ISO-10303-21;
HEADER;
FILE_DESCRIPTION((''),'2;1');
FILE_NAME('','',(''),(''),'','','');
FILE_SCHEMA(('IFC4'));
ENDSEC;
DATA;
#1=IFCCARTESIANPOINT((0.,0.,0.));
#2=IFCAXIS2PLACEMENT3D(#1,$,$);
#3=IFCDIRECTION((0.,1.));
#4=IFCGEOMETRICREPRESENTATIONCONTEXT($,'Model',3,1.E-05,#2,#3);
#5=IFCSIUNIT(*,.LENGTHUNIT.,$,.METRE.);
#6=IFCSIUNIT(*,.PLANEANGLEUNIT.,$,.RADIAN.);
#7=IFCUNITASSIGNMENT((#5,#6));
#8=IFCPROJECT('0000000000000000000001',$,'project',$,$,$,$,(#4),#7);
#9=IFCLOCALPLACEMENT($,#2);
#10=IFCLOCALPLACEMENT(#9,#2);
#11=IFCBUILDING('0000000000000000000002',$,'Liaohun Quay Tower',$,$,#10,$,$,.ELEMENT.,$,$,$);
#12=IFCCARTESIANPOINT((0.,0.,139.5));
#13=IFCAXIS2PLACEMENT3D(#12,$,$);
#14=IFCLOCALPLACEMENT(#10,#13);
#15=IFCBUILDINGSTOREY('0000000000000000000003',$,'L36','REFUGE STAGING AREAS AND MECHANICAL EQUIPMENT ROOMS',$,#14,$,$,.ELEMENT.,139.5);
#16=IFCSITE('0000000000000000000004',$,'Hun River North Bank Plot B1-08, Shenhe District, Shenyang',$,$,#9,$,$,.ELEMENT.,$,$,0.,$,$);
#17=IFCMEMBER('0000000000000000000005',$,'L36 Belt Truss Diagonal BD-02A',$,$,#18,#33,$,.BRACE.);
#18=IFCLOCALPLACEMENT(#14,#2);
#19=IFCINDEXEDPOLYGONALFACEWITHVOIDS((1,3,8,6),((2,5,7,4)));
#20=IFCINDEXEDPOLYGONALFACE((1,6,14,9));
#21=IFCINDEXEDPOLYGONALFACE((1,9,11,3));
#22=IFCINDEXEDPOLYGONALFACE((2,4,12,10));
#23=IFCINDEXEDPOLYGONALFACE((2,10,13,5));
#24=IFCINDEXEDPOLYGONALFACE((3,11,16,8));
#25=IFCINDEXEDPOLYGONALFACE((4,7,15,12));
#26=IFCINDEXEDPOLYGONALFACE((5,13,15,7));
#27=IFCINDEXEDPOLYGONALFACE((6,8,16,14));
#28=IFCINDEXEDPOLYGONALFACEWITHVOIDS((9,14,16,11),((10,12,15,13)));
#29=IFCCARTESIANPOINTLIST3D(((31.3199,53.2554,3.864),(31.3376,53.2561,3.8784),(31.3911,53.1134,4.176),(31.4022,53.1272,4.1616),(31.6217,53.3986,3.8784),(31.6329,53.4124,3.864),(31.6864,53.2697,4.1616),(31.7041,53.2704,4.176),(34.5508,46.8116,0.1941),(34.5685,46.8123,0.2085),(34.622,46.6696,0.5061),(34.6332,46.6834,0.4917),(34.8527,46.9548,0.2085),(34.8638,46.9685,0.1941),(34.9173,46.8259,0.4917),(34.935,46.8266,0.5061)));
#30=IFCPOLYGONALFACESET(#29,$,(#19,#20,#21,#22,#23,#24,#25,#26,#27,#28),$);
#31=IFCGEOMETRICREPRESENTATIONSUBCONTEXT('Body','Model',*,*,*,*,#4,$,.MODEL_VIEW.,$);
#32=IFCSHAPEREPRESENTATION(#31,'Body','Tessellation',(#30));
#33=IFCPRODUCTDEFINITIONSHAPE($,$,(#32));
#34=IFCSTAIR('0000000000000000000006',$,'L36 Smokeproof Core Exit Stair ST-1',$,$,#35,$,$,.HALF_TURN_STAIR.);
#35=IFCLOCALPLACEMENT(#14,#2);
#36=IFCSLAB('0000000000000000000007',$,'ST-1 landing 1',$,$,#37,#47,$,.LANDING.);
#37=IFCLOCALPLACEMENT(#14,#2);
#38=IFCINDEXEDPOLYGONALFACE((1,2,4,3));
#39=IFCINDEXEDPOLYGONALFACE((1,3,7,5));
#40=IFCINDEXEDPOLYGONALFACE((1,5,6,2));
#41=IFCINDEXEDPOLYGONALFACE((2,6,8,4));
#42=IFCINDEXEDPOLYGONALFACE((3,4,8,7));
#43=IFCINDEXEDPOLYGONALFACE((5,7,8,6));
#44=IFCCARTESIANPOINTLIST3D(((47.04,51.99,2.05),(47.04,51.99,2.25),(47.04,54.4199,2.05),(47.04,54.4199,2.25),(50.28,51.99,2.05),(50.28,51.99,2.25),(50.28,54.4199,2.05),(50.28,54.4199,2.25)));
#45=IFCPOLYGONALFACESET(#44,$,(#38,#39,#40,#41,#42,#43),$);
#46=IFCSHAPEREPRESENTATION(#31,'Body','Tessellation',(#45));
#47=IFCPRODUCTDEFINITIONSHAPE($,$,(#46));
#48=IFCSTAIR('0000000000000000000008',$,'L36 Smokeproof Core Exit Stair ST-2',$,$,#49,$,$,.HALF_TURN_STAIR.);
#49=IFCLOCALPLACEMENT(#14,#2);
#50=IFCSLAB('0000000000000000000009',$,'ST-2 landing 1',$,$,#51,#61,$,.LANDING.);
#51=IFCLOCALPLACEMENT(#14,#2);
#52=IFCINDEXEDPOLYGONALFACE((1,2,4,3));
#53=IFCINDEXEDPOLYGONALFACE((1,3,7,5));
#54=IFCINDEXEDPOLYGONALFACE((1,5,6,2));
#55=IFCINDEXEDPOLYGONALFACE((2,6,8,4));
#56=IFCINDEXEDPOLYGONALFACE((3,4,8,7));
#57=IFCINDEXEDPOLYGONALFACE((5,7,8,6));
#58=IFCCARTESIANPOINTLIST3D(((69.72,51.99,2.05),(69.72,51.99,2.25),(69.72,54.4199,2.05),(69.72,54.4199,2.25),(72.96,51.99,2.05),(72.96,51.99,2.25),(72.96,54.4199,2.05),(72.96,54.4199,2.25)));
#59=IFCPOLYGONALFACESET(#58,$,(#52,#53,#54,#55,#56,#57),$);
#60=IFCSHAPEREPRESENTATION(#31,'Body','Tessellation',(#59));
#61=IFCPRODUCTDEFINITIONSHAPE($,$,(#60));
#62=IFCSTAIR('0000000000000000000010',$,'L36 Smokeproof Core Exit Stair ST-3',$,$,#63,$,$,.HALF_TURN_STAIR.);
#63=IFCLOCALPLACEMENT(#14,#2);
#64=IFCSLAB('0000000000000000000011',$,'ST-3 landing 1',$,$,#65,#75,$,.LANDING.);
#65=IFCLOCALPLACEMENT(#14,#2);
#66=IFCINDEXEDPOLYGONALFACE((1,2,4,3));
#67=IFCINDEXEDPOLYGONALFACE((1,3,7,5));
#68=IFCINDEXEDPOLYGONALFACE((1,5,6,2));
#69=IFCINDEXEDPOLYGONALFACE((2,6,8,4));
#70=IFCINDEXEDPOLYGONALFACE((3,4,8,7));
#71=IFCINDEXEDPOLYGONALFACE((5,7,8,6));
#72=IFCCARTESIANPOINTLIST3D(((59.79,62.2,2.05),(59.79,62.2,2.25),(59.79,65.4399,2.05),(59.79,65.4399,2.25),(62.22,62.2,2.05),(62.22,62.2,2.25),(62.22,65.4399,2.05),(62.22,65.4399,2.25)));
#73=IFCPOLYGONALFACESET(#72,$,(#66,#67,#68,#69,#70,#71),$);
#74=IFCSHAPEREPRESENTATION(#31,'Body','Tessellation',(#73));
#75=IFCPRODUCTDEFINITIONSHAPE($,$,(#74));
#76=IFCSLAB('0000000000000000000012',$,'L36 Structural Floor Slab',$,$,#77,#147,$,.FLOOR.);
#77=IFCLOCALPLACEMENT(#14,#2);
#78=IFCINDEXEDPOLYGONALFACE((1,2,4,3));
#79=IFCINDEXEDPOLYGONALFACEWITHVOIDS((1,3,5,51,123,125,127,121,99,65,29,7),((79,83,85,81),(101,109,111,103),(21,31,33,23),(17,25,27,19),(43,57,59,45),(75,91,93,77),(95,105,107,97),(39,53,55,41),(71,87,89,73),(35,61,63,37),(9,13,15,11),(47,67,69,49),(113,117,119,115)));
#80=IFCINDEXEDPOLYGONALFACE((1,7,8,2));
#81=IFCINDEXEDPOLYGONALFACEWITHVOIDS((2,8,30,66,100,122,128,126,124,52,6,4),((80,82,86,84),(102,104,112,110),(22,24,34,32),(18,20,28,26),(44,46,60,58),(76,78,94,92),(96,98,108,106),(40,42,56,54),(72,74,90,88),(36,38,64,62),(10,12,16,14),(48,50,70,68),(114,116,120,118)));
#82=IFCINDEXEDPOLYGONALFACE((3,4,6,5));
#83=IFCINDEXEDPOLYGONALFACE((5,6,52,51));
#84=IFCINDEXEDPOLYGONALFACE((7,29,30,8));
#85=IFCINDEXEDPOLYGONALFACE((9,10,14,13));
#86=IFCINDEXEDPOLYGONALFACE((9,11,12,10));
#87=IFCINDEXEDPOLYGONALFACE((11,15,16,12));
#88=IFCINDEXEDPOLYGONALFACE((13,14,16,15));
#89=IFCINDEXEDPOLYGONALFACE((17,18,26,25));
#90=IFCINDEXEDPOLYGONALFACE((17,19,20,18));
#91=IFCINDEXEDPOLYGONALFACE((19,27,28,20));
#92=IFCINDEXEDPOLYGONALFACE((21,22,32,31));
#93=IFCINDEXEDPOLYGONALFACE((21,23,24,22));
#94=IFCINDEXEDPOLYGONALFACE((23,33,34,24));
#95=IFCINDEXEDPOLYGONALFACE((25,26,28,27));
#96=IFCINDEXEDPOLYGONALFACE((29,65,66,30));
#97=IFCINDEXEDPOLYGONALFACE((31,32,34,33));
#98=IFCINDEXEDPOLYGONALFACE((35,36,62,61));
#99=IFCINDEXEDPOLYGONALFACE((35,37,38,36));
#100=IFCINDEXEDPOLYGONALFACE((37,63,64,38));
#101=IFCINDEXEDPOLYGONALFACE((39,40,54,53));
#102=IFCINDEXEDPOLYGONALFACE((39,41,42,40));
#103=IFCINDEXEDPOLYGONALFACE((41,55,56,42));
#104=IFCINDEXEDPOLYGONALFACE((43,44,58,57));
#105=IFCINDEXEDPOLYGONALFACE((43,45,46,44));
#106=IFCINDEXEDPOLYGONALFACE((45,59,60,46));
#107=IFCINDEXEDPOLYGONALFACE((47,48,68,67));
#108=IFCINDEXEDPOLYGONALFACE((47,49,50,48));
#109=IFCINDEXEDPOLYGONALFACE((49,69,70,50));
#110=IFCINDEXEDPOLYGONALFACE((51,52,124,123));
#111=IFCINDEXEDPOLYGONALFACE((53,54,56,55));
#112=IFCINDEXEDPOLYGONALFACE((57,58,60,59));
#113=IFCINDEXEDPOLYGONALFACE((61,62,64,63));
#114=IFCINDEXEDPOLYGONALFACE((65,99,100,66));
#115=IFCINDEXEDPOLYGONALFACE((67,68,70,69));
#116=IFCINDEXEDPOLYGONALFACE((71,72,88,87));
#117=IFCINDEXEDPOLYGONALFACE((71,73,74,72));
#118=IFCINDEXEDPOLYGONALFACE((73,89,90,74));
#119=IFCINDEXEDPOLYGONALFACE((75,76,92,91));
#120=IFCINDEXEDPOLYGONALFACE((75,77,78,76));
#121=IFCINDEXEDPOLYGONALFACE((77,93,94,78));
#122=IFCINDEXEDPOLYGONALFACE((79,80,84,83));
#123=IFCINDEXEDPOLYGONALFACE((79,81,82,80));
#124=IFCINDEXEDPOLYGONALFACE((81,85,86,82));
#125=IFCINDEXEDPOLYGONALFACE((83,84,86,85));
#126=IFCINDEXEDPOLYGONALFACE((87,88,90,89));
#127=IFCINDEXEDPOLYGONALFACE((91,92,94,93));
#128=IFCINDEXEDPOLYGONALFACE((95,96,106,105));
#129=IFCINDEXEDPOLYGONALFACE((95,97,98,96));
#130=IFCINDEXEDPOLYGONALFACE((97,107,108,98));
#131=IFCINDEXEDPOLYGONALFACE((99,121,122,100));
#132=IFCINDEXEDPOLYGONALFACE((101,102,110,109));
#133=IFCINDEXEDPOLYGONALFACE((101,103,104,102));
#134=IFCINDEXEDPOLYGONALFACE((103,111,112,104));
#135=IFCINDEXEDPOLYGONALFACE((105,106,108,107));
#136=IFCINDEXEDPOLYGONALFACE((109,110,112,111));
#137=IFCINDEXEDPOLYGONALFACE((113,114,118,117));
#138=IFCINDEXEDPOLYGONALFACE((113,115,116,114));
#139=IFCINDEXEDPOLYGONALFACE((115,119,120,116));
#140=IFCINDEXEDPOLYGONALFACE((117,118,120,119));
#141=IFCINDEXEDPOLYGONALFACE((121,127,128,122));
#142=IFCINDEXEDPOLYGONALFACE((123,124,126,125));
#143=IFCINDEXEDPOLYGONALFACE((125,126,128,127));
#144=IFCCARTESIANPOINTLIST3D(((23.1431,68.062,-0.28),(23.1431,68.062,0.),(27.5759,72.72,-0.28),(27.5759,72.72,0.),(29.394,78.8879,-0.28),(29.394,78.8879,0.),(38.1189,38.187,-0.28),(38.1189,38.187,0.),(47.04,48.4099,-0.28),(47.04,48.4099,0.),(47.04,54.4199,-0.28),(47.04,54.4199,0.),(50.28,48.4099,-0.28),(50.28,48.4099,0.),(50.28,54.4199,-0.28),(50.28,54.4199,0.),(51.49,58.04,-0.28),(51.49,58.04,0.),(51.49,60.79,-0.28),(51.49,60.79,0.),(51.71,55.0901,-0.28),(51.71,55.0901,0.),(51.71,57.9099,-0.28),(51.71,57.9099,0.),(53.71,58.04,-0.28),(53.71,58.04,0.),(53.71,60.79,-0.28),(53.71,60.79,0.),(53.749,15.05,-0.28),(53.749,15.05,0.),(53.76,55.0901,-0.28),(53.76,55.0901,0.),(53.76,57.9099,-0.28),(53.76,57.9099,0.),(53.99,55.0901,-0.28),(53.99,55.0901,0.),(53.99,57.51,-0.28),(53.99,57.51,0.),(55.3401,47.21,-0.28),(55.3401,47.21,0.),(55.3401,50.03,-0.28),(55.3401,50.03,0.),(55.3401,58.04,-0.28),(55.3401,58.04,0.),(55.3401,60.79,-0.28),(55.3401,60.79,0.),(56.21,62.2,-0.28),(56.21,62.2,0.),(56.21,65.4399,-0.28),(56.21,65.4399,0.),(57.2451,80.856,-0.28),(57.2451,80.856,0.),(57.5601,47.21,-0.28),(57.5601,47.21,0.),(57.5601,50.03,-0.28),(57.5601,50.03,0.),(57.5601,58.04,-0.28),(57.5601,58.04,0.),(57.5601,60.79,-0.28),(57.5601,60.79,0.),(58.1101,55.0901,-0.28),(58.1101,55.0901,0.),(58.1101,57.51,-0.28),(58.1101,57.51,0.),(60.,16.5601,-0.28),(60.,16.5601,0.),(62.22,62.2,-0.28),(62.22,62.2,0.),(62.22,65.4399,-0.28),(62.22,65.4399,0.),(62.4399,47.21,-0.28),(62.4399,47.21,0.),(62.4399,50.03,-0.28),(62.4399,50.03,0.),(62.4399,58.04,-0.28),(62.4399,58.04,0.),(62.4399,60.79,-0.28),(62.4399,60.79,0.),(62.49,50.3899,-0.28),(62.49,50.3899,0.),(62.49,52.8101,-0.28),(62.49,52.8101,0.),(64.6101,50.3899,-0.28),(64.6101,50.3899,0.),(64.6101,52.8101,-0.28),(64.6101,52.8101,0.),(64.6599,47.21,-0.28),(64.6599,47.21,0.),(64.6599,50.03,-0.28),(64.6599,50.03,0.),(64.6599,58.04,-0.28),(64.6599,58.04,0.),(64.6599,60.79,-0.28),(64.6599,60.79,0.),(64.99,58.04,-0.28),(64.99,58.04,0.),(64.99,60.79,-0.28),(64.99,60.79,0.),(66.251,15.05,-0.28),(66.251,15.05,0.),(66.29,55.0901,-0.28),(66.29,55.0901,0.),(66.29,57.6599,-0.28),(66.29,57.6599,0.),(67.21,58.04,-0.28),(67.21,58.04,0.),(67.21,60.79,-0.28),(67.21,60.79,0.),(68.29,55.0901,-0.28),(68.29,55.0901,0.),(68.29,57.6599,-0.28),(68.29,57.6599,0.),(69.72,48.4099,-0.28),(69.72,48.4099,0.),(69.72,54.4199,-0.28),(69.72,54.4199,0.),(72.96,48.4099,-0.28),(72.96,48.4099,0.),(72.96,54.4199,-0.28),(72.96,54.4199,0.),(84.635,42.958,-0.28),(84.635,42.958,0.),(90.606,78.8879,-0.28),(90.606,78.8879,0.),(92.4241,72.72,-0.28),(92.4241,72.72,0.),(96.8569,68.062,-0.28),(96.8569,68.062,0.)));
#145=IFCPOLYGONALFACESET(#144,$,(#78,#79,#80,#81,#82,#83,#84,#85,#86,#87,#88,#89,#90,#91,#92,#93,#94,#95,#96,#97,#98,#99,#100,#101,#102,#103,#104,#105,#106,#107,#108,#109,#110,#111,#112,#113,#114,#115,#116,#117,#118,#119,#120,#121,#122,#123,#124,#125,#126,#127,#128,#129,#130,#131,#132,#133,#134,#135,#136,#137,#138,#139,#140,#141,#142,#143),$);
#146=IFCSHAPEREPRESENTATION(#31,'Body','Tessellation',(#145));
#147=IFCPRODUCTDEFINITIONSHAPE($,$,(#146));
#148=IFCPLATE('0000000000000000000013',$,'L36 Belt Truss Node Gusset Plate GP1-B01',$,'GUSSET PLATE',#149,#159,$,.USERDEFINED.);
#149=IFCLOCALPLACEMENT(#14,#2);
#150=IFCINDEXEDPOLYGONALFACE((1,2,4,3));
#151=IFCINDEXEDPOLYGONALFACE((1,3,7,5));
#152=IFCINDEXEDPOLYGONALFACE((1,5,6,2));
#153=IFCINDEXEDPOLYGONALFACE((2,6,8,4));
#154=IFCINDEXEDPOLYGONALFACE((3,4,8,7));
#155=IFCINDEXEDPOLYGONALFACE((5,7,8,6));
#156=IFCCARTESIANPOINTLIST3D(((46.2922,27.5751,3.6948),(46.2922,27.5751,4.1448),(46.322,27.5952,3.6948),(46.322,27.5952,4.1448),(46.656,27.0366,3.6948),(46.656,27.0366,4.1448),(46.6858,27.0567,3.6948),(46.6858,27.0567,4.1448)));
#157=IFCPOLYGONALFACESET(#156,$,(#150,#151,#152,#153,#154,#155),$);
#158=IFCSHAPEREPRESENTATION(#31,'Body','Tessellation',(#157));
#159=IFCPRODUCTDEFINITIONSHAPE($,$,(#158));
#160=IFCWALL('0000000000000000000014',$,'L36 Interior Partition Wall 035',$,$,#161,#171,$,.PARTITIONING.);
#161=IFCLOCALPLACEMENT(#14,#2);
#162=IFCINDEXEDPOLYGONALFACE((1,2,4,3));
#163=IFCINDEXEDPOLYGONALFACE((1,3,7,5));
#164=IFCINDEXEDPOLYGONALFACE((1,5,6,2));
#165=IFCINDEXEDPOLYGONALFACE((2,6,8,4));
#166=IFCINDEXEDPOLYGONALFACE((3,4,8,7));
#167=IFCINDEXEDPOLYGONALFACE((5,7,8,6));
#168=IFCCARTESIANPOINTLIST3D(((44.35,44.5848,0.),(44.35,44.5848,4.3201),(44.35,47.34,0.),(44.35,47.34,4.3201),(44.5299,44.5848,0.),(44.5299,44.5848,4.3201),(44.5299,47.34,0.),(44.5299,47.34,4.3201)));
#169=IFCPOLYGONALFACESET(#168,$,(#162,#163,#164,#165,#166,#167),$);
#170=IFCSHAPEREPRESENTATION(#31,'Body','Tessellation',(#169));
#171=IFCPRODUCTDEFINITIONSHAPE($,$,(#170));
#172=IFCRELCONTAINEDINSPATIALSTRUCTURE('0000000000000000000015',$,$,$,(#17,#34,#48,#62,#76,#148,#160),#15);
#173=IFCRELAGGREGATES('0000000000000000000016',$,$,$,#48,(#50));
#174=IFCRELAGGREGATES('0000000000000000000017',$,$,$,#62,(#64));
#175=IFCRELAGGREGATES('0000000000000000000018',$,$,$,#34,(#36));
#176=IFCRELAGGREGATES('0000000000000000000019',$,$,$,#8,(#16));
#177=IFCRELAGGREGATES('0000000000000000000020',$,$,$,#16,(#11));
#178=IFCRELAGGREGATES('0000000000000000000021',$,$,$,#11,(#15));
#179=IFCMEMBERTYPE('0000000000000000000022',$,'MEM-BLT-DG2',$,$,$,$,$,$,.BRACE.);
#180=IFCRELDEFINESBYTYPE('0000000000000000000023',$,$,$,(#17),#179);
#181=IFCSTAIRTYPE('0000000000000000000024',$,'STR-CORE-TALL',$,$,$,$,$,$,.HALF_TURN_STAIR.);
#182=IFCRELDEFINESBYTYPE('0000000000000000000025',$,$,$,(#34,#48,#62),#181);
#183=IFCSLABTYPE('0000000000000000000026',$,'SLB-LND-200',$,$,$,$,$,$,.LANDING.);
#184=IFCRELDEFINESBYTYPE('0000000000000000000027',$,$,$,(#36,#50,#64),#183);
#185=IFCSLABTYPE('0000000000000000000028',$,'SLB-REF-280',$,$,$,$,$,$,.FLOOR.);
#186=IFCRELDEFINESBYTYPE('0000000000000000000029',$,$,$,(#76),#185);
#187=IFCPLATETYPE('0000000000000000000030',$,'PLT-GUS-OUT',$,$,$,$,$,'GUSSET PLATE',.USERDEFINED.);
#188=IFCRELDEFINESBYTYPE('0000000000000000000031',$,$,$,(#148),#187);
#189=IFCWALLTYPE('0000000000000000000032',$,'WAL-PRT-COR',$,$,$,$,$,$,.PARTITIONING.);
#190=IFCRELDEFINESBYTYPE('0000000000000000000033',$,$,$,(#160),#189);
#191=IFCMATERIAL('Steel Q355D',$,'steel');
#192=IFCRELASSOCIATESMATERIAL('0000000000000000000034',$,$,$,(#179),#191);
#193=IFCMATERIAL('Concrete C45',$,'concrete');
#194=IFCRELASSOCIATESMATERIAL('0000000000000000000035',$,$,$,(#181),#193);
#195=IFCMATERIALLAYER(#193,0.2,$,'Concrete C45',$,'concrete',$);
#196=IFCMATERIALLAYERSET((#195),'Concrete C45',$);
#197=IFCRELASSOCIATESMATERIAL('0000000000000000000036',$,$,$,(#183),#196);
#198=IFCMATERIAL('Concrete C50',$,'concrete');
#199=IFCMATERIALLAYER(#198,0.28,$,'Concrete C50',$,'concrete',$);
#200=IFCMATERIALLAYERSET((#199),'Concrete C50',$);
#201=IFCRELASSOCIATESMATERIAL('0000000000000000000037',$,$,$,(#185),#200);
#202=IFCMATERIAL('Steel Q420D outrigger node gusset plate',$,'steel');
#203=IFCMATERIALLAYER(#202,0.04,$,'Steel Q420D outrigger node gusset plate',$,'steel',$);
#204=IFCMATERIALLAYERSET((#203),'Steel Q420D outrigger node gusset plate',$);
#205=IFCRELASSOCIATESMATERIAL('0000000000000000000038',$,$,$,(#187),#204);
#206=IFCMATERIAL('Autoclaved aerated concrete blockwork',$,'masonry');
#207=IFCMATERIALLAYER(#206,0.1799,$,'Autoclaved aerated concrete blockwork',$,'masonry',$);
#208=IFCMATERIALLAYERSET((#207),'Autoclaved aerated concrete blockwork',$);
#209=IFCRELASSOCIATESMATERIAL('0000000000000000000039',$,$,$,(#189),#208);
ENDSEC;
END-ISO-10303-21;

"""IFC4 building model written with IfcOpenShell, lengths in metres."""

from ifc_helpers import new_model, si_unit, direction, frame, frame_2d, origin, origin_2d, place, context, subcontext, project, spatial, polyline, rectangle, hollow_rectangle, outline, extrude, source, transform, mapped, material, layer, layer_set, material_profile, profile_set, type_object, element, aggregate, save


model = new_model("IFC4")

# Units and contexts
model_context = context("Model", 3, precision=1e-05, world=origin(), true_north=direction((0.0, 1.0)))
body_context = subcontext(model_context, "Body", "Model", "MODEL_VIEW")
ifc_project = project(units=[si_unit("LENGTHUNIT", "METRE"), si_unit("PLANEANGLEUNIT", "RADIAN")], contexts=[model_context])

# Site, building, storey
site_placement = place(None, origin())
site = spatial("IfcSite", under=ifc_project, at=site_placement, Name="Hun River North Bank Plot B1-08, Shenhe District, Shenyang", CompositionType="ELEMENT", RefElevation=0.0)
building_placement = place(site_placement, origin())
building = spatial("IfcBuilding", under=site, at=building_placement, Name="Liaohun Quay Tower", CompositionType="ELEMENT")
storey_placement = place(building_placement, frame((0.0, 0.0, 139.5)))
storey = spatial("IfcBuildingStorey", under=building, at=storey_placement, Name="L36", Description="REFUGE STAGING AREAS AND MECHANICAL EQUIPMENT ROOMS", CompositionType="ELEMENT", Elevation=139.5)

# Shared definitions
ifc_material_1 = material(Name="Steel Q355D", Category="steel")

# Member
ifc_material_profile_1 = material_profile(ifc_material_1, hollow_rectangle(XDim=0.3501, YDim=0.3501, WallThickness=0.0161, at=origin_2d()), Name="SHS350x350x16")
ifc_profile_set_1 = profile_set([ifc_material_profile_1], Name="Steel Q355D")
member_type_1 = type_object("IfcMemberType", Name="MEM-BLT-DG2", PredefinedType="BRACE", material=ifc_profile_set_1)
shared_shape_1 = source(origin(), body_context, "Body", "SweptSolid", [
    extrude(hollow_rectangle(XDim=0.3501, YDim=0.3501, WallThickness=0.0161, at=origin_2d()), origin(), (0.0, 0.0, 1.0), 8.0889),
])
member_1_placement = place(storey_placement, frame((34.7429, 46.8191, 0.3501), z_axis=(-0.39943, 0.796627, 0.453698), x_axis=(-0.893925, -0.448216, 0.0)))
element("IfcMember", 1, at=member_1_placement, inside=storey, type_object=member_type_1, Name="L36 Belt Truss Diagonal BD-02A", PredefinedType="BRACE", context=body_context, shape_type="MappedRepresentation", body=[
    mapped(shared_shape_1, transform((0.0, 0.0, 0.0), x_axis=(1.0, 0.0, 0.0), y_axis=(0.0, 1.0, 0.0), z_axis=(0.0, 0.0, 1.0), scale=1.0)),
])

# Stairs, slabs
ifc_material_2 = material(Name="Concrete C45", Category="concrete")
stair_type = type_object("IfcStairType", Name="STR-CORE-TALL", PredefinedType="HALF_TURN_STAIR", material=ifc_material_2)
stair_1_placement = place(storey_placement, origin())
stair_1 = element("IfcStair", 2, at=stair_1_placement, inside=storey, type_object=stair_type, Name="L36 Smokeproof Core Exit Stair ST-1", PredefinedType="HALF_TURN_STAIR")
ifc_layer_1 = layer(ifc_material_2, 0.2, Name="Concrete C45", Category="concrete")
ifc_layer_set_1 = layer_set([ifc_layer_1], Name="Concrete C45")
slab_type_1 = type_object("IfcSlabType", Name="SLB-LND-200", PredefinedType="LANDING", material=ifc_layer_set_1)
slab_1_placement = place(storey_placement, frame((0.0, 0.0, 2.05)))
slab_1 = element("IfcSlab", 3, at=slab_1_placement, type_object=slab_type_1, Name="ST-1 landing 1", PredefinedType="LANDING", context=body_context, shape_type="SweptSolid", body=[
    extrude(outline(polyline([(50.28, 51.99), (50.28, 54.4199), (47.04, 54.4199), (47.04, 51.99), (50.28, 51.99)])), origin(), (0.0, 0.0, 1.0), 0.2),
])
stair_2_placement = place(storey_placement, origin())
stair_2 = element("IfcStair", 4, at=stair_2_placement, inside=storey, type_object=stair_type, Name="L36 Smokeproof Core Exit Stair ST-2", PredefinedType="HALF_TURN_STAIR")
slab_2_placement = place(storey_placement, frame((0.0, 0.0, 2.05)))
slab_2 = element("IfcSlab", 5, at=slab_2_placement, type_object=slab_type_1, Name="ST-2 landing 1", PredefinedType="LANDING", context=body_context, shape_type="SweptSolid", body=[
    extrude(outline(polyline([(72.96, 51.99), (72.96, 54.4199), (69.72, 54.4199), (69.72, 51.99), (72.96, 51.99)])), origin(), (0.0, 0.0, 1.0), 0.2),
])
aggregate(stair_2, [slab_2])
stair_3_placement = place(storey_placement, origin())
stair_3 = element("IfcStair", 6, at=stair_3_placement, inside=storey, type_object=stair_type, Name="L36 Smokeproof Core Exit Stair ST-3", PredefinedType="HALF_TURN_STAIR")
slab_3_placement = place(storey_placement, frame((0.0, 0.0, 2.05)))
slab_3 = element("IfcSlab", 7, at=slab_3_placement, type_object=slab_type_1, Name="ST-3 landing 1", PredefinedType="LANDING", context=body_context, shape_type="SweptSolid", body=[
    extrude(outline(polyline([(59.79, 62.2), (62.22, 62.2), (62.22, 65.4399), (59.79, 65.4399), (59.79, 62.2)])), origin(), (0.0, 0.0, 1.0), 0.2),
])
aggregate(stair_3, [slab_3])

# Slab
ifc_material_3 = material(Name="Concrete C50", Category="concrete")
ifc_layer_2 = layer(ifc_material_3, 0.28, Name="Concrete C50", Category="concrete")
ifc_layer_set_2 = layer_set([ifc_layer_2], Name="Concrete C50")
slab_type_2 = type_object("IfcSlabType", Name="SLB-REF-280", PredefinedType="FLOOR", material=ifc_layer_set_2)
slab_4_placement = place(storey_placement, frame((0.0, 0.0, -0.28)))
element("IfcSlab", 8, at=slab_4_placement, inside=storey, type_object=slab_type_2, Name="L36 Structural Floor Slab", PredefinedType="FLOOR", context=body_context, shape_type="SweptSolid", body=[
    extrude(outline(polyline([(53.749, 15.05), (60.0, 16.5601), (66.251, 15.05), (84.635, 42.958), (96.8569, 68.062), (92.4241, 72.72), (90.606, 78.8879), (57.2451, 80.856), (29.394, 78.8879), (27.5759, 72.72), (23.1431, 68.062), (38.1189, 38.187), (53.749, 15.05)]), holes=[polyline([(57.5601, 50.03), (55.3401, 50.03), (55.3401, 47.21), (57.5601, 47.21), (57.5601, 50.03)]), polyline([(50.28, 54.4199), (47.04, 54.4199), (47.04, 48.4099), (50.28, 48.4099), (50.28, 54.4199)]), polyline([(53.99, 55.0901), (58.1101, 55.0901), (58.1101, 57.51), (53.99, 57.51), (53.99, 55.0901)]), polyline([(53.76, 55.0901), (53.76, 57.9099), (51.71, 57.9099), (51.71, 55.0901), (53.76, 55.0901)]), polyline([(53.71, 58.04), (53.71, 60.79), (51.49, 60.79), (51.49, 58.04), (53.71, 58.04)]), polyline([(57.5601, 58.04), (57.5601, 60.79), (55.3401, 60.79), (55.3401, 58.04), (57.5601, 58.04)]), polyline([(64.6599, 50.03), (62.4399, 50.03), (62.4399, 47.21), (64.6599, 47.21), (64.6599, 50.03)]), polyline([(72.96, 54.4199), (69.72, 54.4199), (69.72, 48.4099), (72.96, 48.4099), (72.96, 54.4199)]), polyline([(64.6101, 50.3899), (64.6101, 52.8101), (62.49, 52.8101), (62.49, 50.3899), (64.6101, 50.3899)]), polyline([(68.29, 55.0901), (68.29, 57.6599), (66.29, 57.6599), (66.29, 55.0901), (68.29, 55.0901)]), polyline([(64.6599, 58.04), (64.6599, 60.79), (62.4399, 60.79), (62.4399, 58.04), (64.6599, 58.04)]), polyline([(67.21, 58.04), (67.21, 60.79), (64.99, 60.79), (64.99, 58.04), (67.21, 58.04)]), polyline([(62.22, 62.2), (62.22, 65.4399), (56.21, 65.4399), (56.21, 62.2), (62.22, 62.2)])]), origin(), (0.0, 0.0, 1.0), 0.28),
])

# Plate
ifc_material_4 = material(Name="Steel Q420D outrigger node gusset plate", Category="steel")
ifc_layer_3 = layer(ifc_material_4, 0.04, Name="Steel Q420D outrigger node gusset plate", Category="steel")
ifc_layer_set_3 = layer_set([ifc_layer_3], Name="Steel Q420D outrigger node gusset plate")
plate_type = type_object("IfcPlateType", Name="PLT-GUS-OUT", ElementType="GUSSET PLATE", PredefinedType="USERDEFINED", material=ifc_layer_set_3)
shared_shape_2 = source(origin(), body_context, "Body", "SweptSolid", [
    extrude(rectangle(XDim=0.6499, YDim=0.0359, at=origin_2d()), origin(), (0.0, 0.0, 1.0), 0.45),
])
plate_placement = place(storey_placement, frame((46.489, 27.3159, 3.6948), z_axis=(0.0, 0.0, 1.0), x_axis=(-0.559772, 0.828647, 0.0)))
element("IfcPlate", 9, at=plate_placement, inside=storey, type_object=plate_type, Name="L36 Belt Truss Node Gusset Plate GP1-B01", ObjectType="GUSSET PLATE", PredefinedType="USERDEFINED", context=body_context, shape_type="MappedRepresentation", body=[
    mapped(shared_shape_2, transform((0.0, 0.0, 0.0), x_axis=(1.0, 0.0, 0.0), y_axis=(0.0, 1.0, 0.0), z_axis=(0.0, 0.0, 1.0), scale=1.0)),
])

# Wall
ifc_material_5 = material(Name="Autoclaved aerated concrete blockwork", Category="masonry")
ifc_layer_4 = layer(ifc_material_5, 0.1799, Name="Autoclaved aerated concrete blockwork", Category="masonry")
ifc_layer_set_4 = layer_set([ifc_layer_4], Name="Autoclaved aerated concrete blockwork")
wall_type_1 = type_object("IfcWallType", Name="WAL-PRT-COR", PredefinedType="PARTITIONING", material=ifc_layer_set_4)
wall_1_placement = place(storey_placement, frame((44.4399, 44.585, 0.0), z_axis=(0.0, 0.0, 1.0), x_axis=(0.0, 1.0, 0.0)))
element("IfcWall", 10, at=wall_1_placement, inside=storey, type_object=wall_type_1, Name="L36 Interior Partition Wall 035", PredefinedType="PARTITIONING", context=body_context, shape_type="SweptSolid", body=[
    extrude(rectangle(XDim=2.7551, YDim=0.1799, at=frame_2d((1.3774, 0.0))), origin(), (0.0, 0.0, 1.0), 4.3201),
])

aggregate(stair_1, [slab_1])

save(model, "model.ifc")
